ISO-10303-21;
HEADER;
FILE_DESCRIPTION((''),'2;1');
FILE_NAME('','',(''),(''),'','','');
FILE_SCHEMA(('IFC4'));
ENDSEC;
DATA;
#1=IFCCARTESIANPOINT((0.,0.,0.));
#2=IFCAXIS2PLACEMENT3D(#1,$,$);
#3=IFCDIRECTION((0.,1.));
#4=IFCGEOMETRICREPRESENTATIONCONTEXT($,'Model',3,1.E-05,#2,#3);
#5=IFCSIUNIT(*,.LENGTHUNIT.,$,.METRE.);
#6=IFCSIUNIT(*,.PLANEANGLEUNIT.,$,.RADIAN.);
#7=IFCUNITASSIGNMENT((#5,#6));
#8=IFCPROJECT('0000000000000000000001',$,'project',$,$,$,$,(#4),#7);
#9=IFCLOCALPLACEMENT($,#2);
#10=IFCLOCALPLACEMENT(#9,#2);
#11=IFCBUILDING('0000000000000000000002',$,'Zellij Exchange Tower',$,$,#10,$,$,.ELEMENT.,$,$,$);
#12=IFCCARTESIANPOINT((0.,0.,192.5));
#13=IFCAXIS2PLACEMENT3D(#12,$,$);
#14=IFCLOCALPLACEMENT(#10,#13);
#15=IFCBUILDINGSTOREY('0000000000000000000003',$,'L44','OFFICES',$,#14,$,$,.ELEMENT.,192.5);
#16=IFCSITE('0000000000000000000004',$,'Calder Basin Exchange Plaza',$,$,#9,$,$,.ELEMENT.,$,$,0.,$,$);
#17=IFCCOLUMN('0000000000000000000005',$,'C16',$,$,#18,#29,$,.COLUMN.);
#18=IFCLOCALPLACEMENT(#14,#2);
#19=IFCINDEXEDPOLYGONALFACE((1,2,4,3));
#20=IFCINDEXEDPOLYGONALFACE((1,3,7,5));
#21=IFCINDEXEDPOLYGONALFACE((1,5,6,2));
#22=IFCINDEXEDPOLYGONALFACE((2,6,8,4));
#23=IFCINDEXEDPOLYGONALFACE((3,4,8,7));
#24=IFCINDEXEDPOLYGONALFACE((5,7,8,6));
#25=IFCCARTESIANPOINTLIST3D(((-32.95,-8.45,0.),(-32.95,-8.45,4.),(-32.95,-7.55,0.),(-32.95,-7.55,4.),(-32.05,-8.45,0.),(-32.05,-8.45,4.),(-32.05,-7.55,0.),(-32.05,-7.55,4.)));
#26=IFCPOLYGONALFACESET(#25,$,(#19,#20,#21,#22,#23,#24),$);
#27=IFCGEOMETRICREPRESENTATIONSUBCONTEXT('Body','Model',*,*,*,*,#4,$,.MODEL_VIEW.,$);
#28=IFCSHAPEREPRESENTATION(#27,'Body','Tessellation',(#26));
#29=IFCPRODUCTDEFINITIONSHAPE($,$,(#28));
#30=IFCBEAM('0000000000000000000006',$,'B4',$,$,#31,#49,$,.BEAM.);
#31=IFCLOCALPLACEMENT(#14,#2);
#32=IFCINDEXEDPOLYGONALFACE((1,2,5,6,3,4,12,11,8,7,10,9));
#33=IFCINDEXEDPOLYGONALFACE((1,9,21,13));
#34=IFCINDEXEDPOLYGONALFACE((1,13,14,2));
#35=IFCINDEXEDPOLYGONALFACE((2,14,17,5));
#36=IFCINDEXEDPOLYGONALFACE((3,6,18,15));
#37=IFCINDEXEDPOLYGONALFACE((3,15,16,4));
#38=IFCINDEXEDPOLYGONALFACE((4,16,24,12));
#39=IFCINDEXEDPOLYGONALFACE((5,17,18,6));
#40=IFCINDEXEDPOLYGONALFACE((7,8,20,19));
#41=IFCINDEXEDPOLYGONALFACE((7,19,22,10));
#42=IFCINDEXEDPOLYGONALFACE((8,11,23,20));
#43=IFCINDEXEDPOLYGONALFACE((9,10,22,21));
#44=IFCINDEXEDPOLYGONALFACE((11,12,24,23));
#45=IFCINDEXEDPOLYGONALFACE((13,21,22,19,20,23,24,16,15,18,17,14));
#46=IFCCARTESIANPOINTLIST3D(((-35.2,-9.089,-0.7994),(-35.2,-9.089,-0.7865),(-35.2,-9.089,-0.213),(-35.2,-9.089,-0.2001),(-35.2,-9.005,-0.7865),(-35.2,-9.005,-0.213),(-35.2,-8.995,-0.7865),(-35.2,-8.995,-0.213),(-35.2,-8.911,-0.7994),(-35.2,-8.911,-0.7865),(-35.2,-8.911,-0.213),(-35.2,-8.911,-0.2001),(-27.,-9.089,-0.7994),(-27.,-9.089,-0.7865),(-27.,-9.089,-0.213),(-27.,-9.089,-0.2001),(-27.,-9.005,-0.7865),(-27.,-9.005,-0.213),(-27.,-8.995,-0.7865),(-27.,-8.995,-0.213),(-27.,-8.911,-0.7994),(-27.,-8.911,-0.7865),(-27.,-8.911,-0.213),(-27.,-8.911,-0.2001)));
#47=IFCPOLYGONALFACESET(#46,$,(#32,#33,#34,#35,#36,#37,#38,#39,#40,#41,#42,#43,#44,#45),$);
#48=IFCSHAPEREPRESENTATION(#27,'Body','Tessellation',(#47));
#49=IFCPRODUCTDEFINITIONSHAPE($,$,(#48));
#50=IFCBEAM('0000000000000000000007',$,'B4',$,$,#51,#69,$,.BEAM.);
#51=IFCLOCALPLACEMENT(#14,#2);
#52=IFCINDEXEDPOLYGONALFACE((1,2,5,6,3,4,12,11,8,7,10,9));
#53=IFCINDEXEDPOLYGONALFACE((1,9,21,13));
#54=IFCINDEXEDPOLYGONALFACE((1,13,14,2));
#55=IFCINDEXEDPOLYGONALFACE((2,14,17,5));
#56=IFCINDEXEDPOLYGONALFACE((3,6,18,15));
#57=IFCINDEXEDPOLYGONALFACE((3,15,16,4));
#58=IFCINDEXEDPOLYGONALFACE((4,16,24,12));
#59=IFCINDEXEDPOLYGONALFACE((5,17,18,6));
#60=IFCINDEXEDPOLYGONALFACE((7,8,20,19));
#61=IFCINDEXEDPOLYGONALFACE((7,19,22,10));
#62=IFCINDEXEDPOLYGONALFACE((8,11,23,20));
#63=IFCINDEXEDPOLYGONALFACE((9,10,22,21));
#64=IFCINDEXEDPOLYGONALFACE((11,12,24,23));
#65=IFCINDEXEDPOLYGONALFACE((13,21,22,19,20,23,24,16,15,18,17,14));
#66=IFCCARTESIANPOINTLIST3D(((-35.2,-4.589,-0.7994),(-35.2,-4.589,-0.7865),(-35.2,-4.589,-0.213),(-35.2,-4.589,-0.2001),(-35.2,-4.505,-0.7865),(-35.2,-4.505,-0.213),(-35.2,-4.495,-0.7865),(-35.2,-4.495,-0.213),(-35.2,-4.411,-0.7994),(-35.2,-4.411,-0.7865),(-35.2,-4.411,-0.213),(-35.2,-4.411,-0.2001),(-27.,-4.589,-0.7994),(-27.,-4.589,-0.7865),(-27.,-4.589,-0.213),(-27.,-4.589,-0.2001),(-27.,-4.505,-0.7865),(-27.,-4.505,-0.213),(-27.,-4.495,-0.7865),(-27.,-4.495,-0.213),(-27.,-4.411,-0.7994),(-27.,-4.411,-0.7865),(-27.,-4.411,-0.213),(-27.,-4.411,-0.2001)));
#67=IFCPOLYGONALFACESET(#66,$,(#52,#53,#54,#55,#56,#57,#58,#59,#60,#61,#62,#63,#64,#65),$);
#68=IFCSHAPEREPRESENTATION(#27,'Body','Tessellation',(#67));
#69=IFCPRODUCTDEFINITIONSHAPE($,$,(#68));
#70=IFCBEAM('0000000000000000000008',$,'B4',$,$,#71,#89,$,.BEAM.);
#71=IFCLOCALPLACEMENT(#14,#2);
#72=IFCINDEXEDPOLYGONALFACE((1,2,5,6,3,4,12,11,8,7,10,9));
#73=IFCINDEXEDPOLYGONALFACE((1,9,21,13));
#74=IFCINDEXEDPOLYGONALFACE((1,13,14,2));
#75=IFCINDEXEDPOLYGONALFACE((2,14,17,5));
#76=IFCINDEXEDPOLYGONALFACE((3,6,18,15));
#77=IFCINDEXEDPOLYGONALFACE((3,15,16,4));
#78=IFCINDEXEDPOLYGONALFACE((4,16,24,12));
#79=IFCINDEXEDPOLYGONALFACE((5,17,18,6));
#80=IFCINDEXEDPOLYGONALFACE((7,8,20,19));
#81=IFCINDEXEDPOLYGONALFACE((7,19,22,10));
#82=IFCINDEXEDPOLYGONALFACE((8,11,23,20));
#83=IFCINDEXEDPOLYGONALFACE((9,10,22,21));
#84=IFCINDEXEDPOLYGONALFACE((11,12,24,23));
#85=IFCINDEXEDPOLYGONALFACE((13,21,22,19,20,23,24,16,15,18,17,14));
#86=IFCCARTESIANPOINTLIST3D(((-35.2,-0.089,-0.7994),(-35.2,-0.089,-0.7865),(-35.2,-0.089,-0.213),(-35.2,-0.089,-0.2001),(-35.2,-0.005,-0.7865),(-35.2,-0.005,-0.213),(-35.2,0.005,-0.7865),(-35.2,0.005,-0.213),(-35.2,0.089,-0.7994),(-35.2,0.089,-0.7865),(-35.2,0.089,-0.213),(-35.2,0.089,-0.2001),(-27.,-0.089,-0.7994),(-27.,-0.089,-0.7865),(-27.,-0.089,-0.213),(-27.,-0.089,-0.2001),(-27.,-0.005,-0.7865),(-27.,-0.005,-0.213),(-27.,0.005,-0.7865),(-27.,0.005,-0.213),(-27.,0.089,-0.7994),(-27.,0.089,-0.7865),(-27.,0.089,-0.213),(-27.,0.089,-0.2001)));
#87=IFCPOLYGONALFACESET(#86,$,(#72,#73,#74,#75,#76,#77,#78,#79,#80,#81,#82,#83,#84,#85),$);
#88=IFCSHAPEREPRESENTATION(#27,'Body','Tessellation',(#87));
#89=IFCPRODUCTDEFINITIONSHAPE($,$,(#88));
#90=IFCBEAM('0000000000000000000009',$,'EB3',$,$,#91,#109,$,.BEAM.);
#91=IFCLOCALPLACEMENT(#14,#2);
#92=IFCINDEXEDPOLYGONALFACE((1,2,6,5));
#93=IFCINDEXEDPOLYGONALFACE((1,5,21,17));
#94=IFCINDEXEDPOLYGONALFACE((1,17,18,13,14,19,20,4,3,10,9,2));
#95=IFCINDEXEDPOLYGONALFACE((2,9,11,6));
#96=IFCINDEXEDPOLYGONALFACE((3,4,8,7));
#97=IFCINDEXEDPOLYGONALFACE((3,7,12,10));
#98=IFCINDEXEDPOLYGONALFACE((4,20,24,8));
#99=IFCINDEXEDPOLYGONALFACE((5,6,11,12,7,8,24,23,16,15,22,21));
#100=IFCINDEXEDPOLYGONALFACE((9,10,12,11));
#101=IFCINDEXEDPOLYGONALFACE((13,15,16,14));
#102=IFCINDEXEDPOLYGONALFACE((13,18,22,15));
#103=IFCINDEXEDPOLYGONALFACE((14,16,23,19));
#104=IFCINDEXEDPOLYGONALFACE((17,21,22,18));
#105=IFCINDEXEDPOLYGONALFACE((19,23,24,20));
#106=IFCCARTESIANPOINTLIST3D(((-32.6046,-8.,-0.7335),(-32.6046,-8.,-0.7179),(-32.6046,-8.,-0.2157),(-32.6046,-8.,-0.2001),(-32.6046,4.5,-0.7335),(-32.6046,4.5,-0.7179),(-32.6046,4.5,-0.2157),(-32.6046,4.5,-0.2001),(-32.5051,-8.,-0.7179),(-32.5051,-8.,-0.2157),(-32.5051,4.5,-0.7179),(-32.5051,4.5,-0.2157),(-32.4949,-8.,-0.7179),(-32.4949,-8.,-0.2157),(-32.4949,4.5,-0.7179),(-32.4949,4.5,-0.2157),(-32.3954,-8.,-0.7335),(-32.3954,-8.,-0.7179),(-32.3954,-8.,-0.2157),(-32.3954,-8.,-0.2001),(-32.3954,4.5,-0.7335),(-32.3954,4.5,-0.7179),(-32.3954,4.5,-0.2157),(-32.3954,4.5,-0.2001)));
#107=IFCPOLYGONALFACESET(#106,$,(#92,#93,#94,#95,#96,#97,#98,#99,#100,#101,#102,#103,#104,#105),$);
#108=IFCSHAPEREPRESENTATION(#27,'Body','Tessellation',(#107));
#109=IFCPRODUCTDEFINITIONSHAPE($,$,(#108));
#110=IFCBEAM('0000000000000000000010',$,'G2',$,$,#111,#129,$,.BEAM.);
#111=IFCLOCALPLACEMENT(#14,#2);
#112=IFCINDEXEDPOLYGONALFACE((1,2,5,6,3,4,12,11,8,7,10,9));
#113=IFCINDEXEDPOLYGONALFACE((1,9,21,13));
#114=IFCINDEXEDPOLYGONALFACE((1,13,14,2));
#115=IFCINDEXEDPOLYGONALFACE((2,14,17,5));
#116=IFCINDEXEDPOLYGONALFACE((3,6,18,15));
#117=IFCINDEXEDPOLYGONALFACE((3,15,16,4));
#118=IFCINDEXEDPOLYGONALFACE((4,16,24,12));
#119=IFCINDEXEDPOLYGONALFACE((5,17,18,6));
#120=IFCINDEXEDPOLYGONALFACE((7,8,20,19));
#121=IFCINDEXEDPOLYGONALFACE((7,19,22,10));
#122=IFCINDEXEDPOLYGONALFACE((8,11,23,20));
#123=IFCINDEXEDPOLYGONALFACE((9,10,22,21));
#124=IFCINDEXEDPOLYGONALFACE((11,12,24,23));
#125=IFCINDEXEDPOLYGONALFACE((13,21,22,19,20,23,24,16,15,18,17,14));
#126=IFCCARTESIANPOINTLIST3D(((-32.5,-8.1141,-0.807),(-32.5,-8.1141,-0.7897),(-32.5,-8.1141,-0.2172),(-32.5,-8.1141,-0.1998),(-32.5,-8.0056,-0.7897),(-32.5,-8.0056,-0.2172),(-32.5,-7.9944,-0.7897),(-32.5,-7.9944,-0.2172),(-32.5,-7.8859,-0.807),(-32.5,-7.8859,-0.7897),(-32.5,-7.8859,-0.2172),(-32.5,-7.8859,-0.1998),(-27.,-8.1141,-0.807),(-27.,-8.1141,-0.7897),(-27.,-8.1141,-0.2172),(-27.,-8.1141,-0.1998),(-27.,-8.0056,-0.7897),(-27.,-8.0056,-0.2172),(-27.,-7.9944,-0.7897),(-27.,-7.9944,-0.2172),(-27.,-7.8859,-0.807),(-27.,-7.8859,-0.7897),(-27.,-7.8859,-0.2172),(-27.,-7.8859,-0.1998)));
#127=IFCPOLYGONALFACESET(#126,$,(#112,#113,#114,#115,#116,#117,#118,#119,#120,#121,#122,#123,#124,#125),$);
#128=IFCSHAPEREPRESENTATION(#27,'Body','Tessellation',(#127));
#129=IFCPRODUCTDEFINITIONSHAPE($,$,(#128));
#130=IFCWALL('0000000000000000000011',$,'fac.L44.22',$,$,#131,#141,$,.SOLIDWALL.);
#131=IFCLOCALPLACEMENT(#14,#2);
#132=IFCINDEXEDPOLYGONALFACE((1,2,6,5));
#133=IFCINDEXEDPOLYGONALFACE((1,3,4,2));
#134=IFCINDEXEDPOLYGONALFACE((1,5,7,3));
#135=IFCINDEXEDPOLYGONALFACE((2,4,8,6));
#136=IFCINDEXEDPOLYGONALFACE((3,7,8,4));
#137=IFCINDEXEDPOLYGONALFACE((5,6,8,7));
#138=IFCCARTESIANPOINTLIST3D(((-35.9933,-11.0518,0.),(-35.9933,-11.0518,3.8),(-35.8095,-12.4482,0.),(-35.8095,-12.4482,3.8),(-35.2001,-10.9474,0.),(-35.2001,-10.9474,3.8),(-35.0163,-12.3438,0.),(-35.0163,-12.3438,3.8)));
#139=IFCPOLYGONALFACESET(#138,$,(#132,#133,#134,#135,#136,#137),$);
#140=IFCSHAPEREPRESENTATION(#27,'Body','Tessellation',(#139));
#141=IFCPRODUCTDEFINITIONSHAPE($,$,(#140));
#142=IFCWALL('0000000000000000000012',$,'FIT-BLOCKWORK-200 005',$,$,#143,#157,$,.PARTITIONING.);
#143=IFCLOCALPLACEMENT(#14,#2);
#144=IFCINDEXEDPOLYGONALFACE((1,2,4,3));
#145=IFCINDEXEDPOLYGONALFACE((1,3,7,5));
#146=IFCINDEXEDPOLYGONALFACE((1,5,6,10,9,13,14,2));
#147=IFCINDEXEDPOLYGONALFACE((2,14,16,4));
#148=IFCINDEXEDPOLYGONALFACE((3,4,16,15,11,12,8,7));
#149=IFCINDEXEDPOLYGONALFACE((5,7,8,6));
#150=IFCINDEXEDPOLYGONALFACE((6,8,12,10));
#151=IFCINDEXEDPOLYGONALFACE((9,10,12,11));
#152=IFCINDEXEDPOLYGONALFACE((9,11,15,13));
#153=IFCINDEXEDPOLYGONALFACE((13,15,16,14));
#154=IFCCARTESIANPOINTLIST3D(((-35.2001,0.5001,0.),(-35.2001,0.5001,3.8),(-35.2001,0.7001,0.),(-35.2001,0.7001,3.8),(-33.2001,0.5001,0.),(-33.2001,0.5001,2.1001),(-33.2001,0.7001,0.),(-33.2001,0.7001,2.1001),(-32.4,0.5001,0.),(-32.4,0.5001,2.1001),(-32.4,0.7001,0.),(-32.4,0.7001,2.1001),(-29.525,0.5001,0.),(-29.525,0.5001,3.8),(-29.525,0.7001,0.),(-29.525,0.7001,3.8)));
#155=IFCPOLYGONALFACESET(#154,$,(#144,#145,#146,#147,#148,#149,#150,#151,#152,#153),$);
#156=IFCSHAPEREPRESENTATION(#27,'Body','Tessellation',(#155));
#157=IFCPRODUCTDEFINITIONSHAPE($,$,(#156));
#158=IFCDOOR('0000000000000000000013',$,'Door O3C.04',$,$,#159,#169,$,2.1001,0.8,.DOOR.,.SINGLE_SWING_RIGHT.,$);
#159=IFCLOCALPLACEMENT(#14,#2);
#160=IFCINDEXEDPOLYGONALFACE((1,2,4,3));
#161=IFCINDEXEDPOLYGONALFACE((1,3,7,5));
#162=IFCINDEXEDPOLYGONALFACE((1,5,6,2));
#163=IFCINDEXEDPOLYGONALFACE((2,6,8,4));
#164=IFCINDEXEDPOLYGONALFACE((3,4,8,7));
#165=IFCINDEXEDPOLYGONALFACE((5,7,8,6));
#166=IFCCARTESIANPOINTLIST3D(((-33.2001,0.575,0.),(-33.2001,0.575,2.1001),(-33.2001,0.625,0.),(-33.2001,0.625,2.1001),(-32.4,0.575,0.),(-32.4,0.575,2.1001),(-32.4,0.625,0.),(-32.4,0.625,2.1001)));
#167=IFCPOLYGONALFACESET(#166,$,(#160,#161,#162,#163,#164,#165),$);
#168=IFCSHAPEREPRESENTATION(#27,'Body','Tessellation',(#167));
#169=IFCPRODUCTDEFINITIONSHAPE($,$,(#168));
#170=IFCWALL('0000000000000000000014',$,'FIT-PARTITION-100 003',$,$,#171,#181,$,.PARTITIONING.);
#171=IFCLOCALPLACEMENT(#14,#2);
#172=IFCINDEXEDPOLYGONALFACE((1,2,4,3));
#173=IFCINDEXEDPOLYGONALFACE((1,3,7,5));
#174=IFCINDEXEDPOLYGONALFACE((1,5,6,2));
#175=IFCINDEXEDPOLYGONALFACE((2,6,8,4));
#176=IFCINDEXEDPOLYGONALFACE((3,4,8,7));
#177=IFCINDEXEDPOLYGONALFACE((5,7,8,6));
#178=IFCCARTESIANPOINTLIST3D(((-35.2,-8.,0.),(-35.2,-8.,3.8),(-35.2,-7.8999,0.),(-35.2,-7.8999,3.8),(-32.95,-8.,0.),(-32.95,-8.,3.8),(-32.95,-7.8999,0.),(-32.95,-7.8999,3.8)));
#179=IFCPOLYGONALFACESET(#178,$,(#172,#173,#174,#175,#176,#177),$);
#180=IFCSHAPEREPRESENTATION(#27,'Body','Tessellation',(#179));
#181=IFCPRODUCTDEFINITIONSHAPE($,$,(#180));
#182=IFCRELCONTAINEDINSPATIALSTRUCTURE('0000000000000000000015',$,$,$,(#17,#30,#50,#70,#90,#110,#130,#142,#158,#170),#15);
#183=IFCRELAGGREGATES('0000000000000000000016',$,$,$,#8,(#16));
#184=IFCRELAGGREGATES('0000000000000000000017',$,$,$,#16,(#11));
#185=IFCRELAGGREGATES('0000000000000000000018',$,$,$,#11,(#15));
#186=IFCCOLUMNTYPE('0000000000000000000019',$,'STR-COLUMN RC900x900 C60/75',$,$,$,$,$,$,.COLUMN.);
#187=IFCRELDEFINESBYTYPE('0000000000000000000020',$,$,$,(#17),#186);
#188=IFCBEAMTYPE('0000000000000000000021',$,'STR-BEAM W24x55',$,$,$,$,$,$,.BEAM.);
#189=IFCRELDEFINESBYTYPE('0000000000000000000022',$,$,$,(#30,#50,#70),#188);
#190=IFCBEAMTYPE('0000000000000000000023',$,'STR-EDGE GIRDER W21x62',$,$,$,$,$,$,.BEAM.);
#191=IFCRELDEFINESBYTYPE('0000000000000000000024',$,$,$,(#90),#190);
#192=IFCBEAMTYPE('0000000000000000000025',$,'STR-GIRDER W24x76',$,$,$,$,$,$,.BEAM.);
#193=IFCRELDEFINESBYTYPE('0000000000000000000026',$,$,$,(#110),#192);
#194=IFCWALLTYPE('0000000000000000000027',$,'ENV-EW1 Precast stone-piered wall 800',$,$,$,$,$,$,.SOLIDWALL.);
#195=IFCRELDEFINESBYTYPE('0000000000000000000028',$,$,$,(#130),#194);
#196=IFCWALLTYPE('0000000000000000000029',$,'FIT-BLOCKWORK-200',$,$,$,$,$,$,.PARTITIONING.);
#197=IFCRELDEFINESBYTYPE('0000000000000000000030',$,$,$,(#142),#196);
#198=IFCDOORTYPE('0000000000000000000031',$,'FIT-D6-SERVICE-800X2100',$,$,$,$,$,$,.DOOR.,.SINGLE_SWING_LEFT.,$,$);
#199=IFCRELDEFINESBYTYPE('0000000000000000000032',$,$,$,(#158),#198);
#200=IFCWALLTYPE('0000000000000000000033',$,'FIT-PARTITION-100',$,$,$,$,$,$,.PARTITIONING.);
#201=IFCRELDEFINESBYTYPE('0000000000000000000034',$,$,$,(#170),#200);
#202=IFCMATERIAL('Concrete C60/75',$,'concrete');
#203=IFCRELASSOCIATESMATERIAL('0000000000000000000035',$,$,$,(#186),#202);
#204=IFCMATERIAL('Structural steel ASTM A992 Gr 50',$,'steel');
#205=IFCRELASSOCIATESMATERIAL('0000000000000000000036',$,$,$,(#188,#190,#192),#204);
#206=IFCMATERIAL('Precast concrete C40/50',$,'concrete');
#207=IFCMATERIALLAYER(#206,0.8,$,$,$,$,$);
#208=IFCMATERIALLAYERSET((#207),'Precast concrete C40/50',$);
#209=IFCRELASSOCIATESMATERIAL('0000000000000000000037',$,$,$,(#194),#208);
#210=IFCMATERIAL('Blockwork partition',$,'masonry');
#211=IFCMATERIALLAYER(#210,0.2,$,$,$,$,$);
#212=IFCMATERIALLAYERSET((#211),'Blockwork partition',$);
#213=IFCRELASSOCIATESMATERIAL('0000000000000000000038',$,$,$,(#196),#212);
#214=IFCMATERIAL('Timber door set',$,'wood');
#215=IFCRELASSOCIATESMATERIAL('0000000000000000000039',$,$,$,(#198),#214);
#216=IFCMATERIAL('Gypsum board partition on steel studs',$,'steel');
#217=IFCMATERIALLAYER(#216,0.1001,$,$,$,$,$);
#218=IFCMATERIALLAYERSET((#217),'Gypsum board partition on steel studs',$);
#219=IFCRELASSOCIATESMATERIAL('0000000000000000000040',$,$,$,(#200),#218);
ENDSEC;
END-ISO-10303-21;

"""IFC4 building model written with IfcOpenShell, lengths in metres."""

from ifc_helpers import new_model, si_unit, direction, frame, frame_2d, origin, origin_2d, place, context, subcontext, project, spatial, rectangle, i_section, extrude, material, layer, layer_set, material_profile, profile_set, type_object, element, fill, save


model = new_model("IFC4")

# Units and contexts
model_context = context("Model", 3, precision=1e-05, world=origin(), true_north=direction((0.0, 1.0)))
body_context = subcontext(model_context, "Body", "Model", "MODEL_VIEW")
ifc_project = project(units=[si_unit("LENGTHUNIT", "METRE"), si_unit("PLANEANGLEUNIT", "RADIAN")], contexts=[model_context])

# Site, building, storey
site_placement = place(None, origin())
site = spatial("IfcSite", under=ifc_project, at=site_placement, Name="Calder Basin Exchange Plaza", CompositionType="ELEMENT", RefElevation=0.0)
building_placement = place(site_placement, origin())
building = spatial("IfcBuilding", under=site, at=building_placement, Name="Zellij Exchange Tower", CompositionType="ELEMENT")
storey_placement = place(building_placement, frame((0.0, 0.0, 192.5)))
storey = spatial("IfcBuildingStorey", under=building, at=storey_placement, Name="L44", Description="OFFICES", CompositionType="ELEMENT", Elevation=192.5)

# Column
ifc_material_1 = material(Name="Concrete C60/75", Category="concrete")
ifc_material_profile_1 = material_profile(ifc_material_1, rectangle(XDim=0.8999, YDim=0.8999, at=origin_2d()), Name="STR-COLUMN RC900x900 C60/75")
ifc_profile_set_1 = profile_set([ifc_material_profile_1], Name="Concrete C60/75")
column_type = type_object("IfcColumnType", Name="STR-COLUMN RC900x900 C60/75", PredefinedType="COLUMN", material=ifc_profile_set_1)
column_placement = place(storey_placement, frame((-32.5, -8.0, 0.0), z_axis=(0.0, 0.0, 1.0), x_axis=(1.0, 0.0, 0.0)))
element("IfcColumn", 1, at=column_placement, inside=storey, type_object=column_type, Name="C16", PredefinedType="COLUMN", context=body_context, shape_type="SweptSolid", body=[
    extrude(rectangle(XDim=0.8999, YDim=0.8999, at=origin_2d()), origin(), (0.0, 0.0, 1.0), 4.0),
])

# Beams
ifc_material_2 = material(Name="Structural steel ASTM A992 Gr 50", Category="steel")
ifc_material_profile_2 = material_profile(ifc_material_2, i_section(OverallWidth=0.178, OverallDepth=0.5994, WebThickness=0.01, FlangeThickness=0.0129, at=origin_2d()), Name="W24x55")
ifc_profile_set_2 = profile_set([ifc_material_profile_2], Name="Structural steel ASTM A992 Gr 50")
beam_type_1 = type_object("IfcBeamType", Name="STR-BEAM W24x55", PredefinedType="BEAM", material=ifc_profile_set_2)
for number, where, z_axis, x_axis, name in (
    (2, (-35.2, -9.0, -0.4998), (1.0, 0.0, 0.0), (0.0, 1.0, 0.0), "B4"),
    (3, (-35.2, -4.5, -0.4998), (1.0, 0.0, 0.0), (0.0, 1.0, 0.0), "B4"),
    (4, (-35.2, 0.0, -0.4998), (1.0, 0.0, 0.0), (0.0, 1.0, 0.0), "B4"),
):
    element("IfcBeam", number, at=place(storey_placement, frame(where, z_axis=z_axis, x_axis=x_axis)), inside=storey, type_object=beam_type_1, Name=name, PredefinedType="BEAM", context=body_context, shape_type="SweptSolid", body=[
        extrude(i_section(OverallWidth=0.178, OverallDepth=0.5994, WebThickness=0.01, FlangeThickness=0.0129, at=origin_2d()), origin(), (0.0, 0.0, 1.0), 8.2),
    ])
ifc_material_profile_3 = material_profile(ifc_material_2, i_section(OverallWidth=0.2092, OverallDepth=0.5334, WebThickness=0.0103, FlangeThickness=0.0156, at=origin_2d()), Name="W21x62")
ifc_profile_set_3 = profile_set([ifc_material_profile_3], Name="Structural steel ASTM A992 Gr 50")
beam_type_2 = type_object("IfcBeamType", Name="STR-EDGE GIRDER W21x62", PredefinedType="BEAM", material=ifc_profile_set_3)
beam_1_placement = place(storey_placement, frame((-32.5, -8.0, -0.4668), z_axis=(0.0, 1.0, 0.0), x_axis=(-1.0, 0.0, 0.0)))
element("IfcBeam", 5, at=beam_1_placement, inside=storey, type_object=beam_type_2, Name="EB3", PredefinedType="BEAM", context=body_context, shape_type="SweptSolid", body=[
    extrude(i_section(OverallWidth=0.2092, OverallDepth=0.5334, WebThickness=0.0103, FlangeThickness=0.0156, at=origin_2d()), origin(), (0.0, 0.0, 1.0), 12.5),
])
ifc_material_profile_4 = material_profile(ifc_material_2, i_section(OverallWidth=0.2283, OverallDepth=0.6072, WebThickness=0.0112, FlangeThickness=0.0173, at=origin_2d()), Name="W24x76")
ifc_profile_set_4 = profile_set([ifc_material_profile_4], Name="Structural steel ASTM A992 Gr 50")
beam_type_3 = type_object("IfcBeamType", Name="STR-GIRDER W24x76", PredefinedType="BEAM", material=ifc_profile_set_4)
beam_2_placement = place(storey_placement, frame((-32.5, -8.0, -0.5034), z_axis=(1.0, 0.0, 0.0), x_axis=(0.0, 1.0, 0.0)))
element("IfcBeam", 6, at=beam_2_placement, inside=storey, type_object=beam_type_3, Name="G2", PredefinedType="BEAM", context=body_context, shape_type="SweptSolid", body=[
    extrude(i_section(OverallWidth=0.2283, OverallDepth=0.6072, WebThickness=0.0112, FlangeThickness=0.0173, at=origin_2d()), origin(), (0.0, 0.0, 1.0), 5.5),
])

# Wall
ifc_material_3 = material(Name="Precast concrete C40/50", Category="concrete")
ifc_layer_1 = layer(ifc_material_3, 0.8)
ifc_layer_set_1 = layer_set([ifc_layer_1], Name="Precast concrete C40/50")
wall_type_1 = type_object("IfcWallType", Name="ENV-EW1 Precast stone-piered wall 800", PredefinedType="SOLIDWALL", material=ifc_layer_set_1)
wall_1_placement = place(storey_placement, frame((-35.5967, -10.9998, 0.0), z_axis=(0.0, 0.0, 1.0), x_axis=(0.130517, -0.991446, 0.0)))
element("IfcWall", 7, at=wall_1_placement, inside=storey, type_object=wall_type_1, Name="fac.L44.22", PredefinedType="SOLIDWALL", context=body_context, shape_type="SweptSolid", body=[
    extrude(rectangle(XDim=1.4084, YDim=0.8, at=frame_2d((0.7041, 0.0))), origin(), (0.0, 0.0, 1.0), 3.8),
])

# Wall, opening, door
ifc_material_4 = material(Name="Blockwork partition", Category="masonry")
ifc_layer_2 = layer(ifc_material_4, 0.2)
ifc_layer_set_2 = layer_set([ifc_layer_2], Name="Blockwork partition")
wall_type_2 = type_object("IfcWallType", Name="FIT-BLOCKWORK-200", PredefinedType="PARTITIONING", material=ifc_layer_set_2)
wall_2_placement = place(storey_placement, frame((-35.2, 0.6001, 0.0), z_axis=(0.0, 0.0, 1.0), x_axis=(1.0, 0.0, 0.0)))
wall_2 = element("IfcWall", 8, at=wall_2_placement, inside=storey, type_object=wall_type_2, Name="FIT-BLOCKWORK-200 005", PredefinedType="PARTITIONING", context=body_context, shape_type="SweptSolid", body=[
    extrude(rectangle(XDim=5.675, YDim=0.2, at=frame_2d((2.8374, 0.0))), origin(), (0.0, 0.0, 1.0), 3.8),
])
opening_1_placement = place(wall_2_placement, frame((2.0, 0.0, 0.0)))
opening_1 = element("IfcOpeningElement", 9, at=opening_1_placement, cuts=wall_2, PredefinedType="OPENING", context=body_context, shape_type="SweptSolid", body=[
    extrude(rectangle(XDim=0.8, YDim=2.1001, at=frame_2d((0.3999, 1.05))), frame((0.0, 0.1118, 0.0), z_axis=(0.0, -1.0, 0.0), x_axis=(1.0, 0.0, 0.0)), (0.0, 0.0, 1.0), 0.2239),
])
ifc_material_5 = material(Name="Timber door set", Category="wood")
door_type_1 = type_object("IfcDoorType", Name="FIT-D6-SERVICE-800X2100", OperationType="SINGLE_SWING_LEFT", PredefinedType="DOOR", material=ifc_material_5)
door_1_placement = place(opening_1_placement, origin())
door_1 = element("IfcDoor", 10, at=door_1_placement, inside=storey, type_object=door_type_1, Name="Door O3C.04", OperationType="SINGLE_SWING_RIGHT", OverallHeight=2.1001, OverallWidth=0.8, PredefinedType="DOOR", context=body_context, shape_type="SweptSolid", body=[
    extrude(rectangle(XDim=0.8, YDim=2.1001, at=frame_2d((0.3999, 1.05))), frame((0.0, 0.0249, 0.0), z_axis=(0.0, -1.0, 0.0), x_axis=(1.0, 0.0, 0.0)), (0.0, 0.0, 1.0), 0.05),
])
fill(opening_1, door_1)

# Wall
ifc_material_6 = material(Name="Gypsum board partition on steel studs", Category="steel")
ifc_layer_3 = layer(ifc_material_6, 0.1001)
ifc_layer_set_3 = layer_set([ifc_layer_3], Name="Gypsum board partition on steel studs")
wall_type_3 = type_object("IfcWallType", Name="FIT-PARTITION-100", PredefinedType="PARTITIONING", material=ifc_layer_set_3)
wall_3_placement = place(storey_placement, frame((-35.2, -7.95, 0.0), z_axis=(0.0, 0.0, 1.0), x_axis=(1.0, 0.0, 0.0)))
element("IfcWall", 11, at=wall_3_placement, inside=storey, type_object=wall_type_3, Name="FIT-PARTITION-100 003", PredefinedType="PARTITIONING", context=body_context, shape_type="SweptSolid", body=[
    extrude(rectangle(XDim=2.25, YDim=0.1001, at=frame_2d((1.125, 0.0))), origin(), (0.0, 0.0, 1.0), 3.8),
])

save(model, "model.ifc")
